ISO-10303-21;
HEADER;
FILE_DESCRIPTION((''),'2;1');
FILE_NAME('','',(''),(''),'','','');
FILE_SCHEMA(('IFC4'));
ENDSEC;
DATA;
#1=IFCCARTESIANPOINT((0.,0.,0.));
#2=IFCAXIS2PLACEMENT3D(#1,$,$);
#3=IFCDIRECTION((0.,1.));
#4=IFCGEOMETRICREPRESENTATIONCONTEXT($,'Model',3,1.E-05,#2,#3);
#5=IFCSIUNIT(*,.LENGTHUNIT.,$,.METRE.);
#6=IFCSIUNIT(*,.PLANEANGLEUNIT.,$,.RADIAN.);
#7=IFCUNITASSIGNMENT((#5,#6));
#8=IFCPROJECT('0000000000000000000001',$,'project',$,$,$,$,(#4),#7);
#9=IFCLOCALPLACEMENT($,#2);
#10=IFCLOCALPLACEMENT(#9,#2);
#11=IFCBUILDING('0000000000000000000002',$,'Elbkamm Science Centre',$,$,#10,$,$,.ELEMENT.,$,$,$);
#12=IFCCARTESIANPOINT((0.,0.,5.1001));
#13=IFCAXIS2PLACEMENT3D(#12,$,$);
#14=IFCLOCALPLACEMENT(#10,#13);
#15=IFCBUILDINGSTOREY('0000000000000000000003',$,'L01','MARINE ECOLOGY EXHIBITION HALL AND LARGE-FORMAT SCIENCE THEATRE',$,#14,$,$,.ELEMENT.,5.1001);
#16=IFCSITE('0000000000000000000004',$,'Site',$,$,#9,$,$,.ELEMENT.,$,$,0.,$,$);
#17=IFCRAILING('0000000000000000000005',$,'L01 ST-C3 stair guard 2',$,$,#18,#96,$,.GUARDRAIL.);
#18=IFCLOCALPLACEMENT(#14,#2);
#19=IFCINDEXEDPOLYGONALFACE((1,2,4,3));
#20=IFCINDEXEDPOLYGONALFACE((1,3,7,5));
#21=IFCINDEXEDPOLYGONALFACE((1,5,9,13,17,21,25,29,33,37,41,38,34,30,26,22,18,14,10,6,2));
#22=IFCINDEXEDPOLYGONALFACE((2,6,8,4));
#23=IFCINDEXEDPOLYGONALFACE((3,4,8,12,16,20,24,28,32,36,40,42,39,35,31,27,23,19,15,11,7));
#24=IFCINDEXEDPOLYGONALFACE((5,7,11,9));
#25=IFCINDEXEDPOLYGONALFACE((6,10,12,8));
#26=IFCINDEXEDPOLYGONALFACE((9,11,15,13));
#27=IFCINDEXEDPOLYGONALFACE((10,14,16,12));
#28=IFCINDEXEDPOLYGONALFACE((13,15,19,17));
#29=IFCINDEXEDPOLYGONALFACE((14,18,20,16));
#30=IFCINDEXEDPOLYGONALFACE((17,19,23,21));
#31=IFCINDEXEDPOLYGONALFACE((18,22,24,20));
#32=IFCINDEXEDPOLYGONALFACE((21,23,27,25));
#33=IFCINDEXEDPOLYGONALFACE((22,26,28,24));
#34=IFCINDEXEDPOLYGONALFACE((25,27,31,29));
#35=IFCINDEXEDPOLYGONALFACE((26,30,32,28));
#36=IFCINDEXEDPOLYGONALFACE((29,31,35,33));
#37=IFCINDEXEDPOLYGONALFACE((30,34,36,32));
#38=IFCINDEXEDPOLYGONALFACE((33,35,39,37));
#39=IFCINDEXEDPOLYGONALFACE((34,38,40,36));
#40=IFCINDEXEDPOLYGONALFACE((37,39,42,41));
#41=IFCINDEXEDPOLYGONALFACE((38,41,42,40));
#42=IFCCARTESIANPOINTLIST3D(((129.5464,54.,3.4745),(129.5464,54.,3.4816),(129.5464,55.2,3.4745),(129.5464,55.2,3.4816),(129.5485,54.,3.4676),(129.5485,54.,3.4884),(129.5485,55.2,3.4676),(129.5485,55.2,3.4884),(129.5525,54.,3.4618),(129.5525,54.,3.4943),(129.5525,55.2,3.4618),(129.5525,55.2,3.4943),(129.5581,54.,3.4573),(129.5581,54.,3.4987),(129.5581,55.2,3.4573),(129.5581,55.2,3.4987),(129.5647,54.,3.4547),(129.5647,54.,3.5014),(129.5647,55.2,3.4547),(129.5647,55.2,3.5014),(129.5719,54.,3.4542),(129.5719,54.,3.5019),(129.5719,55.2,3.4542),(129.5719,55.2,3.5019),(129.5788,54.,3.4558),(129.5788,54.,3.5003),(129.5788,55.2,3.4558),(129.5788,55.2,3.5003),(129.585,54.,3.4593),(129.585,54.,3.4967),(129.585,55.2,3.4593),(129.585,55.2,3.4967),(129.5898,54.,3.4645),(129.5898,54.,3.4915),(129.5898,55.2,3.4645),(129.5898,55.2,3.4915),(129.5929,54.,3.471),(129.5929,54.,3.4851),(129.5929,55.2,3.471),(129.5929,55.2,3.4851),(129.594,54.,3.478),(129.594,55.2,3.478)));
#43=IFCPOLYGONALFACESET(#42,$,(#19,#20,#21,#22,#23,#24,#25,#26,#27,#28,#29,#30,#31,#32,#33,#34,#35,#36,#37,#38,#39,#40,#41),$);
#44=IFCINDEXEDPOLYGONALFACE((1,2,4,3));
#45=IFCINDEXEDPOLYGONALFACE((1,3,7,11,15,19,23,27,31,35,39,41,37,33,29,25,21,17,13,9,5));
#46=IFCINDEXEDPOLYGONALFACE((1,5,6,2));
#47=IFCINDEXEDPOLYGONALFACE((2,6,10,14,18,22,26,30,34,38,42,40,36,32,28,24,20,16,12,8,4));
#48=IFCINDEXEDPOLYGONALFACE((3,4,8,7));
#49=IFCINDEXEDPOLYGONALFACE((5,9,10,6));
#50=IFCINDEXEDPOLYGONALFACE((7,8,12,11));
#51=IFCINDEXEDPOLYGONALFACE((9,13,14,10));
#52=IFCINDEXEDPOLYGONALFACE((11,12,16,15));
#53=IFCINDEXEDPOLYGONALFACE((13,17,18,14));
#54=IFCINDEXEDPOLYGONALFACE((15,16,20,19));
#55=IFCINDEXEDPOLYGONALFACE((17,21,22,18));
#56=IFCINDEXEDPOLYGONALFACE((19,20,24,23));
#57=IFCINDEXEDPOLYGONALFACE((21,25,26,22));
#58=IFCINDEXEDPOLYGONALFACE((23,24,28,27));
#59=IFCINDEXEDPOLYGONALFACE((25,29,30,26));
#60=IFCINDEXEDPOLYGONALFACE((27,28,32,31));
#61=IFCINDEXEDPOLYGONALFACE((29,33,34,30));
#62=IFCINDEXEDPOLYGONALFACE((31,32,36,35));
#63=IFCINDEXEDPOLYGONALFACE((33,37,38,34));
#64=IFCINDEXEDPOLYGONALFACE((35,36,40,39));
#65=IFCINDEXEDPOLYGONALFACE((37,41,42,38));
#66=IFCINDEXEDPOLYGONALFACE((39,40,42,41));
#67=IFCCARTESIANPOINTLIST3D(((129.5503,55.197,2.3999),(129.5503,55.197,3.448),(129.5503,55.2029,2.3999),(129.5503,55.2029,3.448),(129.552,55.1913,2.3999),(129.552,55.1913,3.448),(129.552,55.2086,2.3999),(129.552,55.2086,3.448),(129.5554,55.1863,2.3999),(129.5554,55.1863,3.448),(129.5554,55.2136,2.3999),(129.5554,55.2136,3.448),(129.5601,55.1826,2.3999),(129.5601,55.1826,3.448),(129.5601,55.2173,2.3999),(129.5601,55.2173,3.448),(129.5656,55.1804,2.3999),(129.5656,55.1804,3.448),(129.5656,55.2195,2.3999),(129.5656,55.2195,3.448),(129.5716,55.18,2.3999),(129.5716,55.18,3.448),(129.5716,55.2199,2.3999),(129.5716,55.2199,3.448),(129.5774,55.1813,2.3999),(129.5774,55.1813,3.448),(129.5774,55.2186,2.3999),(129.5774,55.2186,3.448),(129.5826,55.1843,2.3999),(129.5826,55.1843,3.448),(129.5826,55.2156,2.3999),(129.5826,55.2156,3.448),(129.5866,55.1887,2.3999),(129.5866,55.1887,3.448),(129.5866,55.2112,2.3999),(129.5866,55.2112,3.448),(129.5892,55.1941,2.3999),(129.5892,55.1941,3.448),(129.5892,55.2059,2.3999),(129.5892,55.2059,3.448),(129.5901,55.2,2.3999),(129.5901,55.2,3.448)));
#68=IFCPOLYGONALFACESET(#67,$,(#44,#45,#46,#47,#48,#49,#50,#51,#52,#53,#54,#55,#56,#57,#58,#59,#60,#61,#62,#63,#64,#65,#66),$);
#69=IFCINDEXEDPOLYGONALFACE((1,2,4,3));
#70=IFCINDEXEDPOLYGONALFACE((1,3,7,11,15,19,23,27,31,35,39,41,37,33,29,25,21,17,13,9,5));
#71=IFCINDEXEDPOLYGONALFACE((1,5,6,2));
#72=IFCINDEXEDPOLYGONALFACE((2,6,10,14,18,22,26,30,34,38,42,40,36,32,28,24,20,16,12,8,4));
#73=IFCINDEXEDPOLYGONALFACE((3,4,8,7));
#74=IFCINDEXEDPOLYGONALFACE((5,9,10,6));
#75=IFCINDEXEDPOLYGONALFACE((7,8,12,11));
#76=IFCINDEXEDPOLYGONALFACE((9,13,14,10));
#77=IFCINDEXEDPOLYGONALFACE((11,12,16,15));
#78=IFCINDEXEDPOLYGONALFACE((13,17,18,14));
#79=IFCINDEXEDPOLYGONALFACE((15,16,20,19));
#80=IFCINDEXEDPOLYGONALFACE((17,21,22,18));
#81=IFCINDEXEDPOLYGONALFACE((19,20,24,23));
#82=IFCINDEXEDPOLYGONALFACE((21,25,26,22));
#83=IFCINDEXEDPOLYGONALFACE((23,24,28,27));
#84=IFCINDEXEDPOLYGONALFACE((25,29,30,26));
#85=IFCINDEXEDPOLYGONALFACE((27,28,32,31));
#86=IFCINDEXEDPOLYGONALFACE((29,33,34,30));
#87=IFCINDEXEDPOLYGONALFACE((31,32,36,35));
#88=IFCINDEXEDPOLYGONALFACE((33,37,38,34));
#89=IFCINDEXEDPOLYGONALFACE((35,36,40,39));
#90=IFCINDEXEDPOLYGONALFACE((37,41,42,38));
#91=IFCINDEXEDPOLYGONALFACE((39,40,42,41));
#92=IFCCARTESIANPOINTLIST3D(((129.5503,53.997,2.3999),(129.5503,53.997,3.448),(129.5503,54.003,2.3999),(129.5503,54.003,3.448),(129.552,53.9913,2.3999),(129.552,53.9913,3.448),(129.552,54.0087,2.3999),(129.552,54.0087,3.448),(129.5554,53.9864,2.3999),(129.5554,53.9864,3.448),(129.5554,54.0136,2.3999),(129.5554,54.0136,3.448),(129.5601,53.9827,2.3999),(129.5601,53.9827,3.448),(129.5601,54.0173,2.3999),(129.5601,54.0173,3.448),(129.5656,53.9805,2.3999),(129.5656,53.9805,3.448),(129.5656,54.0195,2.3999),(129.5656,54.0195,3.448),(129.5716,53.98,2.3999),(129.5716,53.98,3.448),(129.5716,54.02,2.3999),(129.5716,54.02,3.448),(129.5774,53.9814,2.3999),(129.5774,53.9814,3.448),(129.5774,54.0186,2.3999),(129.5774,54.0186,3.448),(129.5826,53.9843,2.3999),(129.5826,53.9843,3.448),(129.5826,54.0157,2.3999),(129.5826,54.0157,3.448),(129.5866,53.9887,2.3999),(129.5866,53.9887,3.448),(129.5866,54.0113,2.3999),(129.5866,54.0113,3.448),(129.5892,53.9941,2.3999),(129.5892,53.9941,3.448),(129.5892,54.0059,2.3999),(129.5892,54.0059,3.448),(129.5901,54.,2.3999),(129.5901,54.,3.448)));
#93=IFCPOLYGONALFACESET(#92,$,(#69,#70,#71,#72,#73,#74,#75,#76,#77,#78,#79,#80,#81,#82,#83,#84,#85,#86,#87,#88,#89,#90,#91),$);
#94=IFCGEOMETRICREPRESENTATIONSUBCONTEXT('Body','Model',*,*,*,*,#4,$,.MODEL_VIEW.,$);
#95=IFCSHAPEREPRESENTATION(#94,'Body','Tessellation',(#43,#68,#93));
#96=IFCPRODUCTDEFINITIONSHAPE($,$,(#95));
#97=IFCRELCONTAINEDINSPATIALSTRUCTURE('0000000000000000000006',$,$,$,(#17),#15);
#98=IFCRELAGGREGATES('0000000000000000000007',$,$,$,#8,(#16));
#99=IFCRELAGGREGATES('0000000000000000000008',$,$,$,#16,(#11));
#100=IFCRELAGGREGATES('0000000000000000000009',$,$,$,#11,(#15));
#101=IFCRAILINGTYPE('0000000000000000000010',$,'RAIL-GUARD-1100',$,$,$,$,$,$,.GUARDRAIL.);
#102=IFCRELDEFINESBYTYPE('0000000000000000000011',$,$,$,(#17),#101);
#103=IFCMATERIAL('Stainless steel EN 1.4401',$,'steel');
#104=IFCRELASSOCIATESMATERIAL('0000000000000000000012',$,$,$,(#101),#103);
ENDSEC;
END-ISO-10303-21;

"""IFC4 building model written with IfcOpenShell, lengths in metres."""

from ifc_helpers import new_model, si_unit, direction, frame, origin, origin_2d, place, context, subcontext, project, spatial, circle, extrude, material, type_object, element, save


model = new_model("IFC4")

# Units and contexts
model_context = context("Model", 3, precision=1e-05, world=origin(), true_north=direction((0.0, 1.0)))
body_context = subcontext(model_context, "Body", "Model", "MODEL_VIEW")
ifc_project = project(units=[si_unit("LENGTHUNIT", "METRE"), si_unit("PLANEANGLEUNIT", "RADIAN")], contexts=[model_context])

# Site, building, storey
site_placement = place(None, origin())
site = spatial("IfcSite", under=ifc_project, at=site_placement, Name="Site", CompositionType="ELEMENT", RefElevation=0.0)
building_placement = place(site_placement, origin())
building = spatial("IfcBuilding", under=site, at=building_placement, Name="Elbkamm Science Centre", CompositionType="ELEMENT")
storey_placement = place(building_placement, frame((0.0, 0.0, 5.1001)))
storey = spatial("IfcBuildingStorey", under=building, at=storey_placement, Name="L01", Description="MARINE ECOLOGY EXHIBITION HALL AND LARGE-FORMAT SCIENCE THEATRE", CompositionType="ELEMENT", Elevation=5.1001)

# Railing
ifc_material_1 = material(Name="Stainless steel EN 1.4401", Category="steel")
railing_type_1 = type_object("IfcRailingType", Name="RAIL-GUARD-1100", PredefinedType="GUARDRAIL", material=ifc_material_1)
railing_1_placement = place(storey_placement, frame((129.5701, 55.2, 2.3999)))
element("IfcRailing", 1, at=railing_1_placement, inside=storey, type_object=railing_type_1, Name="L01 ST-C3 stair guard 2", PredefinedType="GUARDRAIL", context=body_context, shape_type="SweptSolid", body=[
    extrude(circle(Radius=0.0239, at=origin_2d()), frame((0.0, 0.0, 1.0781), z_axis=(0.0, -1.0, 0.0), x_axis=(1.0, 0.0, 0.0)), (0.0, 0.0, 1.0), 1.2),
    extrude(circle(Radius=0.02, at=origin_2d()), origin(), (0.0, 0.0, 1.0), 1.0481),
    extrude(circle(Radius=0.02, at=origin_2d()), frame((0.0, -1.2, 0.0)), (0.0, 0.0, 1.0), 1.0481),
])

save(model, "model.ifc")
